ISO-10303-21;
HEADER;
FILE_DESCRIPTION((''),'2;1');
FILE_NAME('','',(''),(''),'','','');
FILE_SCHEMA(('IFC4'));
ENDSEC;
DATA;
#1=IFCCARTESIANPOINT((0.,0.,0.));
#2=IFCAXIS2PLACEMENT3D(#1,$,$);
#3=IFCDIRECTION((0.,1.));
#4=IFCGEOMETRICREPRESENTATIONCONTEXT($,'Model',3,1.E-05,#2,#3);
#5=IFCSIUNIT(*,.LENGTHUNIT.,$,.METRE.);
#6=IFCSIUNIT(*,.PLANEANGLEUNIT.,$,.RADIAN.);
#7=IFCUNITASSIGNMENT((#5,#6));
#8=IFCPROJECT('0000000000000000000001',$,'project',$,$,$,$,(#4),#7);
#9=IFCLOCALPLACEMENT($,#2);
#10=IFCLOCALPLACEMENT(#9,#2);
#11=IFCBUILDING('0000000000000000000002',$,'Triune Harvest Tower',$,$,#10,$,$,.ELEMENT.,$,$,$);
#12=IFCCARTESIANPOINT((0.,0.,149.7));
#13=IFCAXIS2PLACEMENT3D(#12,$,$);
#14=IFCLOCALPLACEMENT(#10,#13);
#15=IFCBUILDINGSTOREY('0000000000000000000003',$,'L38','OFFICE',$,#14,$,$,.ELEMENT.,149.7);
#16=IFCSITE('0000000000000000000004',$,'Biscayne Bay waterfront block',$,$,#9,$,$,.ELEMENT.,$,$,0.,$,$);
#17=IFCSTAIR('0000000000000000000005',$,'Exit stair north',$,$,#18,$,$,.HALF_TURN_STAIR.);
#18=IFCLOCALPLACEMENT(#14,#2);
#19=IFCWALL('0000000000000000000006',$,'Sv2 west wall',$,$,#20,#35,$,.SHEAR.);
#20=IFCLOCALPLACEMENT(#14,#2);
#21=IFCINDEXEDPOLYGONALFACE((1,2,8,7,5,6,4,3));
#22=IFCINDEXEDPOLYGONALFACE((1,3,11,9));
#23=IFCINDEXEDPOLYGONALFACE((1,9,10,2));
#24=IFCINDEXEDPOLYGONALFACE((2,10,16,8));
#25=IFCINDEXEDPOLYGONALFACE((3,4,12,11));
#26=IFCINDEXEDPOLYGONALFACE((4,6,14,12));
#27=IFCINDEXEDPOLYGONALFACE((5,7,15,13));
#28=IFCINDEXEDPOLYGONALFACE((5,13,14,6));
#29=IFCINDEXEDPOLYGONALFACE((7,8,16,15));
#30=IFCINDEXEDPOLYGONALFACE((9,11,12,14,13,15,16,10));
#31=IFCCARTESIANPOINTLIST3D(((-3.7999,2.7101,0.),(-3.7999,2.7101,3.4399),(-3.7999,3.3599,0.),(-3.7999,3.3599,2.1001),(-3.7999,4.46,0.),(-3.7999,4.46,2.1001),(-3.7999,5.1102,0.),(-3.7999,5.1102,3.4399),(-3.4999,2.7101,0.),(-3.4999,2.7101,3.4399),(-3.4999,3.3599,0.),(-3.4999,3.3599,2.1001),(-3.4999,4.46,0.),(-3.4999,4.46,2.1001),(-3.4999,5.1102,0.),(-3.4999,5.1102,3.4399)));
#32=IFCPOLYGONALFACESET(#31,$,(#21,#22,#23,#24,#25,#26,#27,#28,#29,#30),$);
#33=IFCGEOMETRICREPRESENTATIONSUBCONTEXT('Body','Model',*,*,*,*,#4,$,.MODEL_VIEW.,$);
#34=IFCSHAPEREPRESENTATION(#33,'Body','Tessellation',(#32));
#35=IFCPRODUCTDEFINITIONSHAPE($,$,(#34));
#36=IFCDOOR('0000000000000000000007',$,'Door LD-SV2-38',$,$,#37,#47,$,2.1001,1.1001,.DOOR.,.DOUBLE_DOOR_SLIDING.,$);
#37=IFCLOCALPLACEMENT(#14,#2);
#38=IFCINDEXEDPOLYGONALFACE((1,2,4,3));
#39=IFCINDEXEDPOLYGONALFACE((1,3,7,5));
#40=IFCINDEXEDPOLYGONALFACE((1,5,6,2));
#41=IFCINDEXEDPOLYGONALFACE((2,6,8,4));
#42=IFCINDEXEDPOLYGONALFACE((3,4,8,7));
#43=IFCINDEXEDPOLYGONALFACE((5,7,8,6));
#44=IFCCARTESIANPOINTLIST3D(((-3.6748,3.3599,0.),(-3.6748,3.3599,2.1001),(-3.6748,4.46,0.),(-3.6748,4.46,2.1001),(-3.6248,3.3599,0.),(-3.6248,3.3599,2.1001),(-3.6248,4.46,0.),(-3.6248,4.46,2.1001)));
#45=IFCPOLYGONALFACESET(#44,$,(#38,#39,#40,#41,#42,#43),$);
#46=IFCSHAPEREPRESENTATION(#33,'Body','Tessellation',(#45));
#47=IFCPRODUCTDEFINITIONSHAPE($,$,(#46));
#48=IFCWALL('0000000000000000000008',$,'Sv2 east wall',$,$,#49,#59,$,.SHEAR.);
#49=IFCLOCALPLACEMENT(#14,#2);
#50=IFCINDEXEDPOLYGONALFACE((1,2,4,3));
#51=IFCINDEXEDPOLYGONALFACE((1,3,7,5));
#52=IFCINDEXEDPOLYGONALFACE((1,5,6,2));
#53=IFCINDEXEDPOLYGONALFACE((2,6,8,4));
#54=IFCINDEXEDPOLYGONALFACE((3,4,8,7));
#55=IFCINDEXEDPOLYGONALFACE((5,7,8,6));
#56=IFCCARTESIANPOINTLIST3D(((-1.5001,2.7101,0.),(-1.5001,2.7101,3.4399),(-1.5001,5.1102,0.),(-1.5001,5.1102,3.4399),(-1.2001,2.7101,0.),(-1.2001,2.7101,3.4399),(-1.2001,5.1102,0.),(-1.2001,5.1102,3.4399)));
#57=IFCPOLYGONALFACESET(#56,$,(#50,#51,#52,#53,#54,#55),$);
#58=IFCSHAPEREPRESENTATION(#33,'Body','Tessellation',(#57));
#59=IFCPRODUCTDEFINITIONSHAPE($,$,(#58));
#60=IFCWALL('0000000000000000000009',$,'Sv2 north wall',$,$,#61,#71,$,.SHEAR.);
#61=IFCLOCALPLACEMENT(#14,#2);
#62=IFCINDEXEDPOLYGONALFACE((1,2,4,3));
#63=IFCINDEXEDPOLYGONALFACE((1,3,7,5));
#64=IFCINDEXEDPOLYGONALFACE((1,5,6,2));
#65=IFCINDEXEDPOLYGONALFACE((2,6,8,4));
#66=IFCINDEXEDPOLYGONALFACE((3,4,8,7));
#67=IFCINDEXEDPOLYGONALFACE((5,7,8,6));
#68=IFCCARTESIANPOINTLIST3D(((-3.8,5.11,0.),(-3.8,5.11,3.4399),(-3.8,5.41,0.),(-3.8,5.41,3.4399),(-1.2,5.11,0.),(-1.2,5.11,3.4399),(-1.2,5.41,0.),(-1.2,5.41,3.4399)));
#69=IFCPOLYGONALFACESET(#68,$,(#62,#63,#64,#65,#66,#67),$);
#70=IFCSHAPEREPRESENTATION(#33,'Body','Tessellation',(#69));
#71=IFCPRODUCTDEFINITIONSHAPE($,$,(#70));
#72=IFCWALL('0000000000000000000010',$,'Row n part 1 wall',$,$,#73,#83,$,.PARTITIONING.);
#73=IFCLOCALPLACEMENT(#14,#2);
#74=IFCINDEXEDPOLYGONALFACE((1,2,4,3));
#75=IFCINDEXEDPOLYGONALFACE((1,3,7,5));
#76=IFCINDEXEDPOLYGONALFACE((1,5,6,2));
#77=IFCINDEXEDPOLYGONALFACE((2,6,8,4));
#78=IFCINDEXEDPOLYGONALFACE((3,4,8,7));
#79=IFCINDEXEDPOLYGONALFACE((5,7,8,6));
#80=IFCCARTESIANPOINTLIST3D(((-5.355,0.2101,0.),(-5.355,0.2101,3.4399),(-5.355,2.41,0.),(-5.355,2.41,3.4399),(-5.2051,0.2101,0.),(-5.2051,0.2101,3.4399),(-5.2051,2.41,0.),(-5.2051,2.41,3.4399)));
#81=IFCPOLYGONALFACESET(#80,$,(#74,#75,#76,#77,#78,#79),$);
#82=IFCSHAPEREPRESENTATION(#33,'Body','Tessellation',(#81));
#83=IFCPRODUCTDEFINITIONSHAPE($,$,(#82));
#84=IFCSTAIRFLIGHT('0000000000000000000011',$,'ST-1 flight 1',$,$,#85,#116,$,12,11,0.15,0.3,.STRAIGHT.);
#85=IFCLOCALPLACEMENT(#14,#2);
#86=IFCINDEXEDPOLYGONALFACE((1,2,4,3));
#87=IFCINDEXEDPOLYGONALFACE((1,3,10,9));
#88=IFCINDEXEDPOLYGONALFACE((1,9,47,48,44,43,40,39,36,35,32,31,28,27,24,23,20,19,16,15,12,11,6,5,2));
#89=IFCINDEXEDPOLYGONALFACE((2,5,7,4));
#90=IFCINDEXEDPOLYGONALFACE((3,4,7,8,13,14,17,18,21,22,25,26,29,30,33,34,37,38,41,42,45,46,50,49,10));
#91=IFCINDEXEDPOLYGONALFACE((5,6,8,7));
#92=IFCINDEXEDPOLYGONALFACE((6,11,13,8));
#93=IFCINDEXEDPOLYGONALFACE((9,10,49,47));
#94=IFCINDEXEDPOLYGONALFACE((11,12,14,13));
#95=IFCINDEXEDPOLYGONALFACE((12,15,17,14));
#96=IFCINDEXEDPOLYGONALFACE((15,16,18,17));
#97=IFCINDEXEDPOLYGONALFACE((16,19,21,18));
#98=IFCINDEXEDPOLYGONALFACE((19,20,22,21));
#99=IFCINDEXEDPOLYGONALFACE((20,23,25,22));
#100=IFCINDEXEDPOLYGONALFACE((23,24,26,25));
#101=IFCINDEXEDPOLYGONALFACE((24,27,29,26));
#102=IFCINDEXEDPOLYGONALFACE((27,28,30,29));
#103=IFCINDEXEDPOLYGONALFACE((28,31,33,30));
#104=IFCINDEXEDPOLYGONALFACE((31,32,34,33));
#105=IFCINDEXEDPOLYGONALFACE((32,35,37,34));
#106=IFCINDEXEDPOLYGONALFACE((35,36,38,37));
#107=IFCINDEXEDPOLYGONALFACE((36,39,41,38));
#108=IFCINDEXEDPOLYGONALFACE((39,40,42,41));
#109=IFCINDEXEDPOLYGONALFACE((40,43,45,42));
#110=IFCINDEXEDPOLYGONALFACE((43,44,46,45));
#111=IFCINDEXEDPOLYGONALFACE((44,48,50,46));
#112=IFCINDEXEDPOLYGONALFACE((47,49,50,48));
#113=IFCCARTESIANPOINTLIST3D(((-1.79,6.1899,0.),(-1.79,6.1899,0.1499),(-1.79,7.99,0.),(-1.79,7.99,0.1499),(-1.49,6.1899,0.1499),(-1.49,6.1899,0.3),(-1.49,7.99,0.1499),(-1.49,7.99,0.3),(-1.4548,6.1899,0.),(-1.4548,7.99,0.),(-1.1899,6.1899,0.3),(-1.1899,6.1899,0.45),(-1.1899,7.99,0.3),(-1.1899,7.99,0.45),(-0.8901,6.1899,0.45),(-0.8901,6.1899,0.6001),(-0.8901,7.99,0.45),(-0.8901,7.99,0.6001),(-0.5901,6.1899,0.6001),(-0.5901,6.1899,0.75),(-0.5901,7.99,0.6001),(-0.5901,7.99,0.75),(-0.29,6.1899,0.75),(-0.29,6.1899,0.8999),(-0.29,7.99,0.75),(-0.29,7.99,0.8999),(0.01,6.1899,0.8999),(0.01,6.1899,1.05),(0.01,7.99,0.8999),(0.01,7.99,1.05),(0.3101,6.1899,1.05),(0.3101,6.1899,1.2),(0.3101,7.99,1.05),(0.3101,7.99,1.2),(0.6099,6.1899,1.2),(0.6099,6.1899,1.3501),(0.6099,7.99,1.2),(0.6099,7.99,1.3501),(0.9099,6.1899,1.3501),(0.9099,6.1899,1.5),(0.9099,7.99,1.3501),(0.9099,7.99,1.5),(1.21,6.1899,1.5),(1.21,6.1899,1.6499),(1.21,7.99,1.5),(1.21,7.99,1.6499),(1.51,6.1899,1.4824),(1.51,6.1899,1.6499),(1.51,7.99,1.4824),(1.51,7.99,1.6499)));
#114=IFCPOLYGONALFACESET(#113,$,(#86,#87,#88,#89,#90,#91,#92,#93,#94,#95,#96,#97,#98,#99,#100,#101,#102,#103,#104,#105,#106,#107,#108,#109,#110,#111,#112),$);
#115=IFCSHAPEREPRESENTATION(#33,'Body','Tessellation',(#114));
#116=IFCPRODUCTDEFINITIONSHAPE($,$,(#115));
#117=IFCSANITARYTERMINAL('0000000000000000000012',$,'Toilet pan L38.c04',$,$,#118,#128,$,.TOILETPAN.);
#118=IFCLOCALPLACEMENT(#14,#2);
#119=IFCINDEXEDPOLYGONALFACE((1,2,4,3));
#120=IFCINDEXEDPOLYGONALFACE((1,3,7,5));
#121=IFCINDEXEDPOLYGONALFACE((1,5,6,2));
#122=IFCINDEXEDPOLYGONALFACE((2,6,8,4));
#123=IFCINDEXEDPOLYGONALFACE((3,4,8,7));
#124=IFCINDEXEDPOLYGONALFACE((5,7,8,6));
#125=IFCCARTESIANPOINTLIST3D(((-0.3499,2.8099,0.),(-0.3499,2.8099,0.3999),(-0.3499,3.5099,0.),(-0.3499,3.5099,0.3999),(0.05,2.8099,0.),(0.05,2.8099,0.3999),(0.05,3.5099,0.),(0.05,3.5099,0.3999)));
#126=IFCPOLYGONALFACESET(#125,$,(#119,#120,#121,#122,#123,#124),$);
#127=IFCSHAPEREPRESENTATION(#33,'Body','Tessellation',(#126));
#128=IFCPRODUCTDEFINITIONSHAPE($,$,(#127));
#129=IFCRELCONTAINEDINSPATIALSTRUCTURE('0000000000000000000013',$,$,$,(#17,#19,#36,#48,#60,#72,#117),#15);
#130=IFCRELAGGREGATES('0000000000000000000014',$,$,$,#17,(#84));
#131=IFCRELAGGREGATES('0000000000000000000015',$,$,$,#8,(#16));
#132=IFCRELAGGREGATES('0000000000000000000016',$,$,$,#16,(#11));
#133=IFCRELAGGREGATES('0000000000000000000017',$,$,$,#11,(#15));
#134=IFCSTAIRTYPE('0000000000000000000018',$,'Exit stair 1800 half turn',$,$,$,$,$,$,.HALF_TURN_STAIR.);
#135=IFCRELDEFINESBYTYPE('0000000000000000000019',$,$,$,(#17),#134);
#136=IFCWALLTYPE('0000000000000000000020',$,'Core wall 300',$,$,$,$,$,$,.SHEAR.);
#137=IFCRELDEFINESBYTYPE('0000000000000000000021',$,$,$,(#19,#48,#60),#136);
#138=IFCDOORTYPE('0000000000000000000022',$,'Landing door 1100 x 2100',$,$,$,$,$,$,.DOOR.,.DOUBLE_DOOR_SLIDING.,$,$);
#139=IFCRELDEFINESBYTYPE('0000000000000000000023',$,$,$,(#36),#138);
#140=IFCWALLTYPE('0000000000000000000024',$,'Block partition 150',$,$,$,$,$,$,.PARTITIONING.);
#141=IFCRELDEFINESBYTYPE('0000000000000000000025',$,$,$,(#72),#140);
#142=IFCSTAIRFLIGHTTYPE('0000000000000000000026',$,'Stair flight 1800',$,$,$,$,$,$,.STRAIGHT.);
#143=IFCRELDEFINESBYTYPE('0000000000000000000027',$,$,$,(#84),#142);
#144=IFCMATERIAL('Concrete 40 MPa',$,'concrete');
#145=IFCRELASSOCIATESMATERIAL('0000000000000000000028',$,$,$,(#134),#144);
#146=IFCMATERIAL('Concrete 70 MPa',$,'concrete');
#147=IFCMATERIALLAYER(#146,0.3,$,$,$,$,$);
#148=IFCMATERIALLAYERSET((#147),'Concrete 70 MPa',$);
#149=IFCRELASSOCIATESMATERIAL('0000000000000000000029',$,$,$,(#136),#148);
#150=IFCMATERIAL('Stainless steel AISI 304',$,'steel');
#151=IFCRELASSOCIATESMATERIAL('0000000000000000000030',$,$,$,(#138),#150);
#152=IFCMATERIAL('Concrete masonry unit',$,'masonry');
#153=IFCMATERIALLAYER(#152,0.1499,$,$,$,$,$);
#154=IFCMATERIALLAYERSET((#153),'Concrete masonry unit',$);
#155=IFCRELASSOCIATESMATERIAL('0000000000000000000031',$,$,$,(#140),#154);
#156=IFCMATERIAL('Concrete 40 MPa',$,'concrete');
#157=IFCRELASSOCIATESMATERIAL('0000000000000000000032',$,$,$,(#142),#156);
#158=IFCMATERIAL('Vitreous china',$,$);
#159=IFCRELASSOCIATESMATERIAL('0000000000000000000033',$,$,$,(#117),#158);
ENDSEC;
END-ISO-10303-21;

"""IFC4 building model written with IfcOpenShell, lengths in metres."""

from ifc_helpers import new_model, si_unit, direction, frame, frame_2d, origin, origin_2d, place, context, subcontext, project, spatial, polyline, rectangle, outline, extrude, source, transform, mapped, material, layer, layer_set, type_object, element, fill, aggregate, save


model = new_model("IFC4")

# Units and contexts
model_context = context("Model", 3, precision=1e-05, world=origin(), true_north=direction((0.0, 1.0)))
body_context = subcontext(model_context, "Body", "Model", "MODEL_VIEW")
ifc_project = project(units=[si_unit("LENGTHUNIT", "METRE"), si_unit("PLANEANGLEUNIT", "RADIAN")], contexts=[model_context])

# Site, building, storey
site_placement = place(None, origin())
site = spatial("IfcSite", under=ifc_project, at=site_placement, Name="Biscayne Bay waterfront block", CompositionType="ELEMENT", RefElevation=0.0)
building_placement = place(site_placement, origin())
building = spatial("IfcBuilding", under=site, at=building_placement, Name="Triune Harvest Tower", CompositionType="ELEMENT")
storey_placement = place(building_placement, frame((0.0, 0.0, 149.7)))
storey = spatial("IfcBuildingStorey", under=building, at=storey_placement, Name="L38", Description="OFFICE", CompositionType="ELEMENT", Elevation=149.7)

# Stair
ifc_material_1 = material(Name="Concrete 40 MPa", Category="concrete")
stair_type = type_object("IfcStairType", Name="Exit stair 1800 half turn", PredefinedType="HALF_TURN_STAIR", material=ifc_material_1)
stair_1_placement = place(storey_placement, origin())
stair_1 = element("IfcStair", 1, at=stair_1_placement, inside=storey, type_object=stair_type, Name="Exit stair north", PredefinedType="HALF_TURN_STAIR")

# Shared definitions
ifc_material_2 = material(Name="Concrete 70 MPa", Category="concrete")
ifc_layer_1 = layer(ifc_material_2, 0.3)
ifc_layer_set_1 = layer_set([ifc_layer_1], Name="Concrete 70 MPa")
wall_type_1 = type_object("IfcWallType", Name="Core wall 300", PredefinedType="SHEAR", material=ifc_layer_set_1)

# Shared definitions
shared_shape_1 = source(origin(), body_context, "Body", "SweptSolid", [
    extrude(rectangle(XDim=2.4001, YDim=0.3, at=frame_2d((1.2002, 0.0))), origin(), (0.0, 0.0, 1.0), 3.4399),
])

# Wall, opening, door
ifc_material_3 = material(Name="Stainless steel AISI 304", Category="steel")
door_type_1 = type_object("IfcDoorType", Name="Landing door 1100 x 2100", OperationType="DOUBLE_DOOR_SLIDING", PredefinedType="DOOR", material=ifc_material_3)
wall_1_placement = place(storey_placement, frame((-3.6499, 2.71, 0.0), z_axis=(0.0, 0.0, 1.0), x_axis=(0.0, 1.0, 0.0)))
wall_1 = element("IfcWall", 2, at=wall_1_placement, inside=storey, type_object=wall_type_1, Name="Sv2 west wall", PredefinedType="SHEAR", context=body_context, shape_type="MappedRepresentation", body=[
    mapped(shared_shape_1, transform((0.0, 0.0, 0.0), scale=1.0)),
])
opening_1_placement = place(wall_1_placement, frame((0.6499, 0.0, 0.0)))
opening_1 = element("IfcOpeningElement", 3, at=opening_1_placement, cuts=wall_1, PredefinedType="OPENING", context=body_context, shape_type="SweptSolid", body=[
    extrude(rectangle(XDim=1.1001, YDim=2.1001, at=frame_2d((0.55, 1.05))), frame((0.0, 0.1602, 0.0), z_axis=(0.0, -1.0, 0.0), x_axis=(1.0, 0.0, 0.0)), (0.0, 0.0, 1.0), 0.3201),
])
door_1_placement = place(opening_1_placement, origin())
door_1 = element("IfcDoor", 4, at=door_1_placement, inside=storey, type_object=door_type_1, Name="Door LD-SV2-38", OperationType="DOUBLE_DOOR_SLIDING", OverallHeight=2.1001, OverallWidth=1.1001, PredefinedType="DOOR", context=body_context, shape_type="SweptSolid", body=[
    extrude(rectangle(XDim=1.1001, YDim=2.1001, at=frame_2d((0.55, 1.05))), frame((0.0, 0.0249, 0.0), z_axis=(0.0, -1.0, 0.0), x_axis=(1.0, 0.0, 0.0)), (0.0, 0.0, 1.0), 0.05),
])
fill(opening_1, door_1)

# Walls
wall_2_placement = place(storey_placement, frame((-1.3501, 2.71, 0.0), z_axis=(0.0, 0.0, 1.0), x_axis=(0.0, 1.0, 0.0)))
element("IfcWall", 5, at=wall_2_placement, inside=storey, type_object=wall_type_1, Name="Sv2 east wall", PredefinedType="SHEAR", context=body_context, shape_type="MappedRepresentation", body=[
    mapped(shared_shape_1, transform((0.0, 0.0, 0.0), scale=1.0)),
])
shared_shape_2 = source(origin(), body_context, "Body", "SweptSolid", [
    extrude(rectangle(XDim=2.6001, YDim=0.3, at=frame_2d((1.3, 0.0))), origin(), (0.0, 0.0, 1.0), 3.4399),
])
wall_3_placement = place(storey_placement, frame((-3.8, 5.26, 0.0), z_axis=(0.0, 0.0, 1.0), x_axis=(1.0, 0.0, 0.0)))
element("IfcWall", 6, at=wall_3_placement, inside=storey, type_object=wall_type_1, Name="Sv2 north wall", PredefinedType="SHEAR", context=body_context, shape_type="MappedRepresentation", body=[
    mapped(shared_shape_2, transform((0.0, 0.0, 0.0), scale=1.0)),
])
ifc_material_4 = material(Name="Concrete masonry unit", Category="masonry")
ifc_layer_2 = layer(ifc_material_4, 0.1499)
ifc_layer_set_2 = layer_set([ifc_layer_2], Name="Concrete masonry unit")
wall_type_2 = type_object("IfcWallType", Name="Block partition 150", PredefinedType="PARTITIONING", material=ifc_layer_set_2)
shared_shape_3 = source(origin(), body_context, "Body", "SweptSolid", [
    extrude(rectangle(XDim=2.2, YDim=0.1499, at=frame_2d((1.1001, 0.0))), origin(), (0.0, 0.0, 1.0), 3.4399),
])
wall_4_placement = place(storey_placement, frame((-5.28, 0.21, 0.0), z_axis=(0.0, 0.0, 1.0), x_axis=(0.0, 1.0, 0.0)))
element("IfcWall", 7, at=wall_4_placement, inside=storey, type_object=wall_type_2, Name="Row n part 1 wall", PredefinedType="PARTITIONING", context=body_context, shape_type="MappedRepresentation", body=[
    mapped(shared_shape_3, transform((0.0, 0.0, 0.0), scale=1.0)),
])

# Stair flight
ifc_material_5 = material(Name="Concrete 40 MPa", Category="concrete")
stair_flight_type = type_object("IfcStairFlightType", Name="Stair flight 1800", PredefinedType="STRAIGHT", material=ifc_material_5)
shared_shape_4 = source(origin(), body_context, "Body", "SweptSolid", [
    extrude(outline(polyline([(0.0, 0.0), (0.0, 0.1499), (0.3, 0.1499), (0.3, 0.3), (0.6001, 0.3), (0.6001, 0.45), (0.8999, 0.45), (0.8999, 0.6001), (1.2, 0.6001), (1.2, 0.75), (1.5, 0.75), (1.5, 0.8999), (1.8, 0.8999), (1.8, 1.05), (2.1001, 1.05), (2.1001, 1.2), (2.3999, 1.2), (2.3999, 1.3501), (2.7, 1.3501), (2.7, 1.5), (3.0, 1.5), (3.0, 1.6499), (3.3, 1.6499), (3.3, 1.8), (3.3, 1.4824), (0.3352, 0.0), (0.0, 0.0)])), frame((0.0, 0.8999, 0.0), z_axis=(0.0, -1.0, 0.0), x_axis=(1.0, 0.0, 0.0)), (0.0, 0.0, 1.0), 1.8),
])
stair_flight_placement = place(storey_placement, frame((-1.79, 7.0901, 0.0), z_axis=(0.0, 0.0, 1.0), x_axis=(1.0, 0.0, 0.0)))
stair_flight = element("IfcStairFlight", 8, at=stair_flight_placement, type_object=stair_flight_type, Name="ST-1 flight 1", NumberOfRisers=12, NumberOfTreads=11, PredefinedType="STRAIGHT", RiserHeight=0.15, TreadLength=0.3, context=body_context, shape_type="MappedRepresentation", body=[
    mapped(shared_shape_4, transform((0.0, 0.0, 0.0), scale=1.0)),
])
aggregate(stair_1, [stair_flight])

# Sanitary terminal
ifc_material_6 = material(Name="Vitreous china")
shared_shape_5 = source(origin(), body_context, "Body", "SweptSolid", [
    extrude(rectangle(XDim=0.3999, YDim=0.7, at=origin_2d()), origin(), (0.0, 0.0, 1.0), 0.3999),
])
sanitary_terminal_placement = place(storey_placement, frame((-0.1499, 3.1599, 0.0), z_axis=(0.0, 0.0, 1.0), x_axis=(-1.0, 0.0, 0.0)))
element("IfcSanitaryTerminal", 9, at=sanitary_terminal_placement, inside=storey, material=ifc_material_6, Name="Toilet pan L38.c04", PredefinedType="TOILETPAN", context=body_context, shape_type="MappedRepresentation", body=[
    mapped(shared_shape_5, transform((0.0, 0.0, 0.0), scale=1.0)),
])

save(model, "model.ifc")
